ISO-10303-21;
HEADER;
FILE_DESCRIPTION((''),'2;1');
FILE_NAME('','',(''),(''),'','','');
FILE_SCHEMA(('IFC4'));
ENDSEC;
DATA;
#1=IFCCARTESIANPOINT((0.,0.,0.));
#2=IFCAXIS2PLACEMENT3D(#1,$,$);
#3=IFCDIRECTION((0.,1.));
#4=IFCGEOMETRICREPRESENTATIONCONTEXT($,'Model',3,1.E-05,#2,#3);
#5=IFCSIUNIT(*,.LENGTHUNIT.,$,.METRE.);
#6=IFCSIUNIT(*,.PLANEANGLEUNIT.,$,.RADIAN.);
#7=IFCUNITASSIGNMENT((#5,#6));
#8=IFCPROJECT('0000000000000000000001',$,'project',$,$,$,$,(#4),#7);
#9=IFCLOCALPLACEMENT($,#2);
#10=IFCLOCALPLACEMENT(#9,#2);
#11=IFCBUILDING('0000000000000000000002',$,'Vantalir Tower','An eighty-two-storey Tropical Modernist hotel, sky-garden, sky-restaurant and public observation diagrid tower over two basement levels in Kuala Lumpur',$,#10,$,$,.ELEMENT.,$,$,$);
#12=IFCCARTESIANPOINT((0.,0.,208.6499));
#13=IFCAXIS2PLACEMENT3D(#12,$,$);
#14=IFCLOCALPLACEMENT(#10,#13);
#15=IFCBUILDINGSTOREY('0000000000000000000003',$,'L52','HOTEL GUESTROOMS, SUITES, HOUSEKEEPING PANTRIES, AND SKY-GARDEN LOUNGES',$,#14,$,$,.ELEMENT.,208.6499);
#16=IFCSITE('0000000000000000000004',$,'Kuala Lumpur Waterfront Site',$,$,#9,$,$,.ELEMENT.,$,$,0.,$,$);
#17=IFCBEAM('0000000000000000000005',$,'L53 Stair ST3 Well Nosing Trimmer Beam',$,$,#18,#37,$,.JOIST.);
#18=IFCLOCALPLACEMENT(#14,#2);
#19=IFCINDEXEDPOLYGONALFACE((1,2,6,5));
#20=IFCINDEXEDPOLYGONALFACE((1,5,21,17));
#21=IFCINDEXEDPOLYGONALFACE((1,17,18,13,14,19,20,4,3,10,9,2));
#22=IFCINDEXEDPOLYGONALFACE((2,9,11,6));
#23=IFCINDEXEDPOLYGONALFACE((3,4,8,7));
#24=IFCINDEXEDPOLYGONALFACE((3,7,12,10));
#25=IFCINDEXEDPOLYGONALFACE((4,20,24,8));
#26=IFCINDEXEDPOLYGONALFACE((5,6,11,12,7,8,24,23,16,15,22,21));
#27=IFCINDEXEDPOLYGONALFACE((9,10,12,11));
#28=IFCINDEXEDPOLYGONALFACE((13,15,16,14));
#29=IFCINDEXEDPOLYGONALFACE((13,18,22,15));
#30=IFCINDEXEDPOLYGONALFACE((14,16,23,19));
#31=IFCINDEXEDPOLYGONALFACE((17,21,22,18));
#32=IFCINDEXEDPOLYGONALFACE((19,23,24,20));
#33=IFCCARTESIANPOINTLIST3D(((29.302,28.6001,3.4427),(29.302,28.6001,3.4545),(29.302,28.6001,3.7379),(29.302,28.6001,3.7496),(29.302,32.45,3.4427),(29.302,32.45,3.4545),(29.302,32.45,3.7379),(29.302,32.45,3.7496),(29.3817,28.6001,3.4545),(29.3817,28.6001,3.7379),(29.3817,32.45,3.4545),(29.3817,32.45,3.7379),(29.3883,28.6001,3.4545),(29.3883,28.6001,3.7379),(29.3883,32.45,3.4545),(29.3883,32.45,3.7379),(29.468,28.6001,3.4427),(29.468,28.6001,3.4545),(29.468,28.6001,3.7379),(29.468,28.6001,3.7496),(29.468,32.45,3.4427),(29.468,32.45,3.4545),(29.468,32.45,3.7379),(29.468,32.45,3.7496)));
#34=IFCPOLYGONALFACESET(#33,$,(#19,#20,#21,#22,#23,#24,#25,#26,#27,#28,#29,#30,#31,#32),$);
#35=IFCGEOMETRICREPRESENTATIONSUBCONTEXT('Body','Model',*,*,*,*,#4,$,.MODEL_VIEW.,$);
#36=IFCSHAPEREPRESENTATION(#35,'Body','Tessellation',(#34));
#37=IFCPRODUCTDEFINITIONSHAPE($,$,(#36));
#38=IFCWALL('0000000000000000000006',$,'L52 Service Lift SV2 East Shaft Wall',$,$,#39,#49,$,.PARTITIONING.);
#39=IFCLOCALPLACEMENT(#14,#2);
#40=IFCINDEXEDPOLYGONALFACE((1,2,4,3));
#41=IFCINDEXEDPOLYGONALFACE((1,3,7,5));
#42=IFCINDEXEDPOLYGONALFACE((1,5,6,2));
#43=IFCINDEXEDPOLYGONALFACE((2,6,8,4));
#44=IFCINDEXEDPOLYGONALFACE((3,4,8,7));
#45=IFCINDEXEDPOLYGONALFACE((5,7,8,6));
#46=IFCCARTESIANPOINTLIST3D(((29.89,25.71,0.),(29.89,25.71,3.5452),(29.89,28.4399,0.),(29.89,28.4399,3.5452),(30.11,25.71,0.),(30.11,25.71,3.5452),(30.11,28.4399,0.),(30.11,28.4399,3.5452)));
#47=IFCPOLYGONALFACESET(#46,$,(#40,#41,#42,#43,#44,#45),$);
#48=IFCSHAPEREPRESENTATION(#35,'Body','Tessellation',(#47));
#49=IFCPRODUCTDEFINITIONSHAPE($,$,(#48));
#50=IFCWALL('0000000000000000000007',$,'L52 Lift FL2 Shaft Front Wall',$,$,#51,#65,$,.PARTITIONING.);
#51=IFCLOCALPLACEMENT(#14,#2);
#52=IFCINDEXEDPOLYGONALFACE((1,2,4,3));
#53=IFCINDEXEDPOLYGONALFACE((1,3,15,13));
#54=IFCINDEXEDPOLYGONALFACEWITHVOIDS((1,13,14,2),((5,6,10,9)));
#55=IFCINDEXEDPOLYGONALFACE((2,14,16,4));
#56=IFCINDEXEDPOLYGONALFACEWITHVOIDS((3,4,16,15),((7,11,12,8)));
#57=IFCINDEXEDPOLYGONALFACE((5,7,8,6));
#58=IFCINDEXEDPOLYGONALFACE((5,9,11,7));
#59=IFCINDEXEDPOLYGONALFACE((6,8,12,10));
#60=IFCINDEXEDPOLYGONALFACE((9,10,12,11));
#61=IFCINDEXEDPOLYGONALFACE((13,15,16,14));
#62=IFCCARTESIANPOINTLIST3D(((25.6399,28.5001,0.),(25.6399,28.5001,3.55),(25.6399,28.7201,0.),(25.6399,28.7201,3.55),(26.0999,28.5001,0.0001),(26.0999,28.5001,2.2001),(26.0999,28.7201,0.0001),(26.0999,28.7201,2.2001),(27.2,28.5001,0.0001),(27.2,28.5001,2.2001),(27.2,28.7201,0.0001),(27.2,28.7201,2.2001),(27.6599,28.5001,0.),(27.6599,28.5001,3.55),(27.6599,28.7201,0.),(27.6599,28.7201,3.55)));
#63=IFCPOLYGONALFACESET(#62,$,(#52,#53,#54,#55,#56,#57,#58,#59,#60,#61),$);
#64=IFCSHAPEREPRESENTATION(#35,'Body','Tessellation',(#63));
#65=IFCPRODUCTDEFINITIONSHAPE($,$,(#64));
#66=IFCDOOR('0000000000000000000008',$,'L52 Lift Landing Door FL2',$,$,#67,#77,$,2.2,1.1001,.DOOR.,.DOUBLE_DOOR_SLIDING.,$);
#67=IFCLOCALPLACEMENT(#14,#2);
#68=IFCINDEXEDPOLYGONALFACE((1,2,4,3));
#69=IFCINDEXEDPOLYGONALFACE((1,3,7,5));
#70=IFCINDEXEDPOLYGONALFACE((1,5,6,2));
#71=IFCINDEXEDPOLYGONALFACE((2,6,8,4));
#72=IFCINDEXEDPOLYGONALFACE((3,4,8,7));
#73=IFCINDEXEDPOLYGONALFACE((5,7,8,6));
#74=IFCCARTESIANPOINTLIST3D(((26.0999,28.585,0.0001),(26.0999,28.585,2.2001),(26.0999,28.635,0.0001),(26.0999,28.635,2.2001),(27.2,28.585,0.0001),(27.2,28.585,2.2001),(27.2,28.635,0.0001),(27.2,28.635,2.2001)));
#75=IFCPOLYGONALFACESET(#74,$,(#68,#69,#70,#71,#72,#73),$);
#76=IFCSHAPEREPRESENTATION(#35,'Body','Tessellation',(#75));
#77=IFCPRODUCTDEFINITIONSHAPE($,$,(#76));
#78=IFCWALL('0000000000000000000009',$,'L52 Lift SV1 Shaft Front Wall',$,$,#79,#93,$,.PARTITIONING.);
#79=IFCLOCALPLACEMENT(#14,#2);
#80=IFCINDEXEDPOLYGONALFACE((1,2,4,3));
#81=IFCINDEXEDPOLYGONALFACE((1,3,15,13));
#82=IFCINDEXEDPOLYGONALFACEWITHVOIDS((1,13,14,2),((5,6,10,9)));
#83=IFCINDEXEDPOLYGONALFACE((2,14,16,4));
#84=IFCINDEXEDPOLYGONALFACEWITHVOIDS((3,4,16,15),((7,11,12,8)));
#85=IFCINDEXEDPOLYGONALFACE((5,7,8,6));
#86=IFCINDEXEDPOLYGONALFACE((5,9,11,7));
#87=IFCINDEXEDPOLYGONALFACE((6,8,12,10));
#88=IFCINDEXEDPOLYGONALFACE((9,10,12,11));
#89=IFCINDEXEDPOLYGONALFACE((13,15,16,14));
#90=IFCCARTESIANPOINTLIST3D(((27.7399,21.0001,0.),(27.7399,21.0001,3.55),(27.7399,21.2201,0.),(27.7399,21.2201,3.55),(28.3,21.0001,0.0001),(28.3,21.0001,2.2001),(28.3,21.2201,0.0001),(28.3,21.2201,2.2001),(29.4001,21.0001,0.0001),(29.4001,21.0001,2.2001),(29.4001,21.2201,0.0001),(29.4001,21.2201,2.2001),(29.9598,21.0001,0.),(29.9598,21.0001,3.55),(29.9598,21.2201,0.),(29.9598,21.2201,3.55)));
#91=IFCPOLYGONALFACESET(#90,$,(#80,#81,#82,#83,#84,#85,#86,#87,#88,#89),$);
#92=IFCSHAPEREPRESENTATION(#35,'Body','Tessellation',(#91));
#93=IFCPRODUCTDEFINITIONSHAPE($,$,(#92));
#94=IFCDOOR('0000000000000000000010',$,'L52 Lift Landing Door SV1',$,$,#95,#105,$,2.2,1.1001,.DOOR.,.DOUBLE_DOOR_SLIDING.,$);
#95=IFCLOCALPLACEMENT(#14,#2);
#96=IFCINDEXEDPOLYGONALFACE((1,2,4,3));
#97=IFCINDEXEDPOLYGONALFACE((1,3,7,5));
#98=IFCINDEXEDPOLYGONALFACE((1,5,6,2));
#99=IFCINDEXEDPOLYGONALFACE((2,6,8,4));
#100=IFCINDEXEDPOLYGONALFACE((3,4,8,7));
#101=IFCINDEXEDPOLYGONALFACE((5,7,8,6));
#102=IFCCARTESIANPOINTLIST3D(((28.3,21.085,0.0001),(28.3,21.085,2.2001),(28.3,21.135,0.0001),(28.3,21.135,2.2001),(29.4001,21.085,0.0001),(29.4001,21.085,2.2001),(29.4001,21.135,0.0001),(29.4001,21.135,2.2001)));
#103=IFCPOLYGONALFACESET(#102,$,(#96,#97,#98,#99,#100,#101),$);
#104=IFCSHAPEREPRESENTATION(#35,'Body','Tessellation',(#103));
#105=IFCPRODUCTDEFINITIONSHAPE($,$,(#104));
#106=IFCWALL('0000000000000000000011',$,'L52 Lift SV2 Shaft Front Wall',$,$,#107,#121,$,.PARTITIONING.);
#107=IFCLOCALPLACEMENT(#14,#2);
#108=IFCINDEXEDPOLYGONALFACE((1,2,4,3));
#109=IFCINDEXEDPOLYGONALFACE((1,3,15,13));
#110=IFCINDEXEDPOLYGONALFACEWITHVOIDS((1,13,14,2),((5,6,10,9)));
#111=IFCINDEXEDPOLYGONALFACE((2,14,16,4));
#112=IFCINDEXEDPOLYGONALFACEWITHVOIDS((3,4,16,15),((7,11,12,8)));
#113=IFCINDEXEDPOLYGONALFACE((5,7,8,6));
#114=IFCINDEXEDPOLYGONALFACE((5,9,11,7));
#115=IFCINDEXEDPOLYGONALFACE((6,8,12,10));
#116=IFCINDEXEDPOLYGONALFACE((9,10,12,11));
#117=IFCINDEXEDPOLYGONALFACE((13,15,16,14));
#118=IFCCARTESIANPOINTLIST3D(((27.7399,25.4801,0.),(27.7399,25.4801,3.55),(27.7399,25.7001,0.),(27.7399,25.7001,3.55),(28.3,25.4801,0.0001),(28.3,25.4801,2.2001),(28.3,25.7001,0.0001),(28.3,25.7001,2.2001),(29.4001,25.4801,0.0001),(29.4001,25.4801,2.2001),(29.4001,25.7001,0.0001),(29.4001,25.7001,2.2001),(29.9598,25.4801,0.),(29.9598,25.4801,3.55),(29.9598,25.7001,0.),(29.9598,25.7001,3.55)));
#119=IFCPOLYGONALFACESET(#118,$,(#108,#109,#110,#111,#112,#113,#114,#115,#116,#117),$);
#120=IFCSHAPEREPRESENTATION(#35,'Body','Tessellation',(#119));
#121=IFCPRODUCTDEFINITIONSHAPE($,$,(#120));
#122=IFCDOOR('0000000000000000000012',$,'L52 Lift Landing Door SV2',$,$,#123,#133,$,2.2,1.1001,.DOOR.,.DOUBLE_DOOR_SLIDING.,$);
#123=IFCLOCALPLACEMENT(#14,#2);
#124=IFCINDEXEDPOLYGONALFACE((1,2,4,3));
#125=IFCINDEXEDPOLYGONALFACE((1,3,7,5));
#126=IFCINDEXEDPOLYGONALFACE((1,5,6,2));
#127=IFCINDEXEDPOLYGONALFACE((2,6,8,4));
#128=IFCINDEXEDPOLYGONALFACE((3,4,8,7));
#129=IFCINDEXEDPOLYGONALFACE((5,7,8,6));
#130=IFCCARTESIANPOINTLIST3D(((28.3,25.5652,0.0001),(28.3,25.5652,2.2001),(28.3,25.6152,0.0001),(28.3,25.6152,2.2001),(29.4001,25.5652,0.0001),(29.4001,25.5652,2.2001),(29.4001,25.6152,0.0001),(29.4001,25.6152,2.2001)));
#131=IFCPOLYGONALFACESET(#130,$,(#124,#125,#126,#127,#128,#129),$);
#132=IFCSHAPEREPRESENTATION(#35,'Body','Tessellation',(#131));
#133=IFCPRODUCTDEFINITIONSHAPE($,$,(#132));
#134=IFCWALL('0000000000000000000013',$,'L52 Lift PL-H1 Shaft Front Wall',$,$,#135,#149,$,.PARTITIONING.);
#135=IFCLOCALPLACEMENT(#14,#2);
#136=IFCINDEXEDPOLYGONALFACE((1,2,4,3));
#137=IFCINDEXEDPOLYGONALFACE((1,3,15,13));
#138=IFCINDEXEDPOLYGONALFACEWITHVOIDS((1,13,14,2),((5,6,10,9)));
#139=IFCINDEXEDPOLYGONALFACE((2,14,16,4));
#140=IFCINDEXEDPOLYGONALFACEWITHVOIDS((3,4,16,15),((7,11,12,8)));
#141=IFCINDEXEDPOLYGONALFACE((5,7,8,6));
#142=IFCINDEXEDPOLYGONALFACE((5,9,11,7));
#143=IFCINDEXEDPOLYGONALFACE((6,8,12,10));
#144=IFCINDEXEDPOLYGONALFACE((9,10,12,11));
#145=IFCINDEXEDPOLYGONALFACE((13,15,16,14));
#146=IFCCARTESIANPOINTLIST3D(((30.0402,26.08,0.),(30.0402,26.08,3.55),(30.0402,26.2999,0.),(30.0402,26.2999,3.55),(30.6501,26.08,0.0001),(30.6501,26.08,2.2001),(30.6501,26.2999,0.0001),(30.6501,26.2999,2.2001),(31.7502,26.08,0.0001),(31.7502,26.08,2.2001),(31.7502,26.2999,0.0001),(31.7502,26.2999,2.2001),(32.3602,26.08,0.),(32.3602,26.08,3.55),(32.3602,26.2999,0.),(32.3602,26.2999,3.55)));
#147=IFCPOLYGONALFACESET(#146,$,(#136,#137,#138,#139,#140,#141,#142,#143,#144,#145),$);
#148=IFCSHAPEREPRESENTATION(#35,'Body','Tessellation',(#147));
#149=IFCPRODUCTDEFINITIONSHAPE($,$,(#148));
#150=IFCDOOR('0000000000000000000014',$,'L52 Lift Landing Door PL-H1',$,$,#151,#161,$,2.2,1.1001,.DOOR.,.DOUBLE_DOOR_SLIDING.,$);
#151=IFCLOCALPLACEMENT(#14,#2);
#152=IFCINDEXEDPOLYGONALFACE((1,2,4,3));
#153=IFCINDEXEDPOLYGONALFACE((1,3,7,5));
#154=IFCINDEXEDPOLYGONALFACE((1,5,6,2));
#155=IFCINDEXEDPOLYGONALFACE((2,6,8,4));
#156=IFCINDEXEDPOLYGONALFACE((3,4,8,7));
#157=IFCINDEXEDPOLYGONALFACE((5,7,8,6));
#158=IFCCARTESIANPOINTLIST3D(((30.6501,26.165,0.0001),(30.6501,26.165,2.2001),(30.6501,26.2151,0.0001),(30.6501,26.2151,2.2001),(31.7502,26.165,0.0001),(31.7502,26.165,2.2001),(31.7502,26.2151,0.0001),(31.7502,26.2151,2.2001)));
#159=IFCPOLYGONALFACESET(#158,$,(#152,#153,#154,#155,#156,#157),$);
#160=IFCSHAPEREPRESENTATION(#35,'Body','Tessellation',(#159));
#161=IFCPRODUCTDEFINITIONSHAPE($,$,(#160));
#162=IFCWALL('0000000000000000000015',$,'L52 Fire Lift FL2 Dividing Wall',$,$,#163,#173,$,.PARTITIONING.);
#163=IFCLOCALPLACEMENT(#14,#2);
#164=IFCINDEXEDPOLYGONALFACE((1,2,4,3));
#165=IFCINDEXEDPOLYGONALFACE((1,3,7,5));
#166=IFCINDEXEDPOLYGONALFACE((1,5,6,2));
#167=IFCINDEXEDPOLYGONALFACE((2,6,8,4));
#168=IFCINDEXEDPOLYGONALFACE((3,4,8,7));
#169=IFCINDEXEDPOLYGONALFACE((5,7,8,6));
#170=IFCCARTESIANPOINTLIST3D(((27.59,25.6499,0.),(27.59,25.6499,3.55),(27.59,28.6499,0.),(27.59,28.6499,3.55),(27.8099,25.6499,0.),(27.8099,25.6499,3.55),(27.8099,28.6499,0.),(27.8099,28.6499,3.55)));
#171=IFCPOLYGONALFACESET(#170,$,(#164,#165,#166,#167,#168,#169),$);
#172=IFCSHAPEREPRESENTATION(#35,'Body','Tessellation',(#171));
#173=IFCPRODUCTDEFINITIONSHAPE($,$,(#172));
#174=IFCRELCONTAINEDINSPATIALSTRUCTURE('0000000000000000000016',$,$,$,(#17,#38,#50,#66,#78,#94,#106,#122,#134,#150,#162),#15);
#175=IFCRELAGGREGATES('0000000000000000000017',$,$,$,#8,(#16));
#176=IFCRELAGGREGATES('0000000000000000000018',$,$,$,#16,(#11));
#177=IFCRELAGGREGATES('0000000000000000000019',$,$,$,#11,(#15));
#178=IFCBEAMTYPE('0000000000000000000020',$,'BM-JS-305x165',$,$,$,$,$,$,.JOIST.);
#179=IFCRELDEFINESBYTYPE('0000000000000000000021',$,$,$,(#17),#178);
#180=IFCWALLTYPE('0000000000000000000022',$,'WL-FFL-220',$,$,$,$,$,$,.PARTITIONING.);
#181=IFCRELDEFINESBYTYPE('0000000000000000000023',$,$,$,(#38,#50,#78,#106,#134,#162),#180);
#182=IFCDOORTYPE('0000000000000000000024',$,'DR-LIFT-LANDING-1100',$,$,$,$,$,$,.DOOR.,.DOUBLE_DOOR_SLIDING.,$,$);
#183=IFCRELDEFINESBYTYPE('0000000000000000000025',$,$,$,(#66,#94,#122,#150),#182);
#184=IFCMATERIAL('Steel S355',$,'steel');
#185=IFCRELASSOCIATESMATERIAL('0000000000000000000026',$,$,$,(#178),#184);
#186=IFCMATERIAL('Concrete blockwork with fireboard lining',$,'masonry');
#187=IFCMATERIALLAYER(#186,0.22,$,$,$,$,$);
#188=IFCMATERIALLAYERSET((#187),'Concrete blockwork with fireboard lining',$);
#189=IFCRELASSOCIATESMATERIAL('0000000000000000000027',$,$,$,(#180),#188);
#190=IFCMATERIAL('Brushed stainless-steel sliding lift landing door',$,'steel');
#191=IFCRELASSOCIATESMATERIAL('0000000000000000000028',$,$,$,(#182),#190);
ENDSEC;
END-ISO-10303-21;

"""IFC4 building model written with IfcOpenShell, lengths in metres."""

from ifc_helpers import new_model, si_unit, direction, frame, frame_2d, origin, origin_2d, place, context, subcontext, project, spatial, rectangle, i_section, extrude, material, layer, layer_set, material_profile, profile_set, type_object, element, fill, save


model = new_model("IFC4")

# Units and contexts
model_context = context("Model", 3, precision=1e-05, world=origin(), true_north=direction((0.0, 1.0)))
body_context = subcontext(model_context, "Body", "Model", "MODEL_VIEW")
ifc_project = project(units=[si_unit("LENGTHUNIT", "METRE"), si_unit("PLANEANGLEUNIT", "RADIAN")], contexts=[model_context])

# Site, building, storey
site_placement = place(None, origin())
site = spatial("IfcSite", under=ifc_project, at=site_placement, Name="Kuala Lumpur Waterfront Site", CompositionType="ELEMENT", RefElevation=0.0)
building_placement = place(site_placement, origin())
building = spatial("IfcBuilding", under=site, at=building_placement, Name="Vantalir Tower", Description="An eighty-two-storey Tropical Modernist hotel, sky-garden, sky-restaurant and public observation diagrid tower over two basement levels in Kuala Lumpur", CompositionType="ELEMENT")
storey_placement = place(building_placement, frame((0.0, 0.0, 208.6499)))
storey = spatial("IfcBuildingStorey", under=building, at=storey_placement, Name="L52", Description="HOTEL GUESTROOMS, SUITES, HOUSEKEEPING PANTRIES, AND SKY-GARDEN LOUNGES", CompositionType="ELEMENT", Elevation=208.6499)

# Beam
ifc_material_1 = material(Name="Steel S355", Category="steel")
ifc_material_profile = material_profile(ifc_material_1, i_section(OverallWidth=0.166, OverallDepth=0.3069, WebThickness=0.0066, FlangeThickness=0.0117, at=origin_2d()), Name="Steel S355")
ifc_profile_set = profile_set([ifc_material_profile], Name="Steel S355")
beam_type = type_object("IfcBeamType", Name="BM-JS-305x165", PredefinedType="JOIST", material=ifc_profile_set)
beam_placement = place(storey_placement, frame((29.385, 28.6001, 3.5962), z_axis=(0.0, 1.0, 0.0), x_axis=(-1.0, 0.0, 0.0)))
element("IfcBeam", 1, at=beam_placement, inside=storey, type_object=beam_type, Name="L53 Stair ST3 Well Nosing Trimmer Beam", PredefinedType="JOIST", context=body_context, shape_type="SweptSolid", body=[
    extrude(i_section(OverallWidth=0.166, OverallDepth=0.3069, WebThickness=0.0066, FlangeThickness=0.0117, at=origin_2d()), origin(), (0.0, 0.0, 1.0), 3.8499),
])

# Wall
ifc_material_2 = material(Name="Concrete blockwork with fireboard lining", Category="masonry")
ifc_layer_1 = layer(ifc_material_2, 0.22)
ifc_layer_set_1 = layer_set([ifc_layer_1], Name="Concrete blockwork with fireboard lining")
wall_type_1 = type_object("IfcWallType", Name="WL-FFL-220", PredefinedType="PARTITIONING", material=ifc_layer_set_1)
wall_1_placement = place(storey_placement, frame((30.0, 25.71, 0.0), z_axis=(0.0, 0.0, 1.0), x_axis=(0.0, 1.0, 0.0)))
element("IfcWall", 2, at=wall_1_placement, inside=storey, type_object=wall_type_1, Name="L52 Service Lift SV2 East Shaft Wall", PredefinedType="PARTITIONING", context=body_context, shape_type="SweptSolid", body=[
    extrude(rectangle(XDim=2.73, YDim=0.22, at=frame_2d((1.365, 0.0))), origin(), (0.0, 0.0, 1.0), 3.5452),
])

# Walls, openings, doors
wall_2_placement = place(storey_placement, frame((25.6399, 28.6101, 0.0), z_axis=(0.0, 0.0, 1.0), x_axis=(1.0, 0.0, 0.0)))
wall_2 = element("IfcWall", 3, at=wall_2_placement, inside=storey, type_object=wall_type_1, Name="L52 Lift FL2 Shaft Front Wall", PredefinedType="PARTITIONING", context=body_context, shape_type="SweptSolid", body=[
    extrude(rectangle(XDim=2.02, YDim=0.22, at=frame_2d((1.01, 0.0))), origin(), (0.0, 0.0, 1.0), 3.55),
])
opening_1_placement = place(wall_2_placement, frame((0.46, 0.0, 0.0)))
opening_1 = element("IfcOpeningElement", 4, at=opening_1_placement, cuts=wall_2, PredefinedType="OPENING", context=body_context, shape_type="SweptSolid", body=[
    extrude(rectangle(XDim=1.1001, YDim=2.2, at=frame_2d((0.55, 1.1001))), frame((0.0, 0.1199, 0.0), z_axis=(0.0, -1.0, 0.0), x_axis=(1.0, 0.0, 0.0)), (0.0, 0.0, 1.0), 0.24),
])
ifc_material_3 = material(Name="Brushed stainless-steel sliding lift landing door", Category="steel")
door_type_1 = type_object("IfcDoorType", Name="DR-LIFT-LANDING-1100", OperationType="DOUBLE_DOOR_SLIDING", PredefinedType="DOOR", material=ifc_material_3)
door_1_placement = place(opening_1_placement, origin())
door_1 = element("IfcDoor", 5, at=door_1_placement, inside=storey, type_object=door_type_1, Name="L52 Lift Landing Door FL2", OperationType="DOUBLE_DOOR_SLIDING", OverallHeight=2.2, OverallWidth=1.1001, PredefinedType="DOOR", context=body_context, shape_type="SweptSolid", body=[
    extrude(rectangle(XDim=1.1001, YDim=2.2, at=frame_2d((0.55, 1.1001))), frame((0.0, 0.0249, 0.0), z_axis=(0.0, -1.0, 0.0), x_axis=(1.0, 0.0, 0.0)), (0.0, 0.0, 1.0), 0.05),
])
fill(opening_1, door_1)
wall_3_placement = place(storey_placement, frame((27.74, 21.1101, 0.0), z_axis=(0.0, 0.0, 1.0), x_axis=(1.0, 0.0, 0.0)))
wall_3 = element("IfcWall", 6, at=wall_3_placement, inside=storey, type_object=wall_type_1, Name="L52 Lift SV1 Shaft Front Wall", PredefinedType="PARTITIONING", context=body_context, shape_type="SweptSolid", body=[
    extrude(rectangle(XDim=2.22, YDim=0.22, at=frame_2d((1.1099, 0.0))), origin(), (0.0, 0.0, 1.0), 3.55),
])
opening_2_placement = place(wall_3_placement, frame((0.5601, 0.0, 0.0)))
opening_2 = element("IfcOpeningElement", 7, at=opening_2_placement, cuts=wall_3, PredefinedType="OPENING", context=body_context, shape_type="SweptSolid", body=[
    extrude(rectangle(XDim=1.1001, YDim=2.2, at=frame_2d((0.55, 1.1001))), frame((0.0, 0.1199, 0.0), z_axis=(0.0, -1.0, 0.0), x_axis=(1.0, 0.0, 0.0)), (0.0, 0.0, 1.0), 0.24),
])
door_2_placement = place(opening_2_placement, origin())
door_2 = element("IfcDoor", 8, at=door_2_placement, inside=storey, type_object=door_type_1, Name="L52 Lift Landing Door SV1", OperationType="DOUBLE_DOOR_SLIDING", OverallHeight=2.2, OverallWidth=1.1001, PredefinedType="DOOR", context=body_context, shape_type="SweptSolid", body=[
    extrude(rectangle(XDim=1.1001, YDim=2.2, at=frame_2d((0.55, 1.1001))), frame((0.0, 0.0249, 0.0), z_axis=(0.0, -1.0, 0.0), x_axis=(1.0, 0.0, 0.0)), (0.0, 0.0, 1.0), 0.05),
])
fill(opening_2, door_2)
wall_4_placement = place(storey_placement, frame((27.74, 25.5901, 0.0), z_axis=(0.0, 0.0, 1.0), x_axis=(1.0, 0.0, 0.0)))
wall_4 = element("IfcWall", 9, at=wall_4_placement, inside=storey, type_object=wall_type_1, Name="L52 Lift SV2 Shaft Front Wall", PredefinedType="PARTITIONING", context=body_context, shape_type="SweptSolid", body=[
    extrude(rectangle(XDim=2.22, YDim=0.22, at=frame_2d((1.1099, 0.0))), origin(), (0.0, 0.0, 1.0), 3.55),
])
opening_3_placement = place(wall_4_placement, frame((0.5601, 0.0, 0.0)))
opening_3 = element("IfcOpeningElement", 10, at=opening_3_placement, cuts=wall_4, PredefinedType="OPENING", context=body_context, shape_type="SweptSolid", body=[
    extrude(rectangle(XDim=1.1001, YDim=2.2, at=frame_2d((0.55, 1.1001))), frame((0.0, 0.1199, 0.0), z_axis=(0.0, -1.0, 0.0), x_axis=(1.0, 0.0, 0.0)), (0.0, 0.0, 1.0), 0.24),
])
door_3_placement = place(opening_3_placement, frame((1.1001, 0.0, 0.0), z_axis=(0.0, 0.0, 1.0), x_axis=(-1.0, 0.0, 0.0)))
door_3 = element("IfcDoor", 11, at=door_3_placement, inside=storey, type_object=door_type_1, Name="L52 Lift Landing Door SV2", OperationType="DOUBLE_DOOR_SLIDING", OverallHeight=2.2, OverallWidth=1.1001, PredefinedType="DOOR", context=body_context, shape_type="SweptSolid", body=[
    extrude(rectangle(XDim=1.1001, YDim=2.2, at=frame_2d((0.55, 1.1001))), frame((0.0, 0.0249, 0.0), z_axis=(0.0, -1.0, 0.0), x_axis=(1.0, 0.0, 0.0)), (0.0, 0.0, 1.0), 0.05),
])
fill(opening_3, door_3)
wall_5_placement = place(storey_placement, frame((30.04, 26.1899, 0.0), z_axis=(0.0, 0.0, 1.0), x_axis=(1.0, 0.0, 0.0)))
wall_5 = element("IfcWall", 12, at=wall_5_placement, inside=storey, type_object=wall_type_1, Name="L52 Lift PL-H1 Shaft Front Wall", PredefinedType="PARTITIONING", context=body_context, shape_type="SweptSolid", body=[
    extrude(rectangle(XDim=2.3201, YDim=0.22, at=frame_2d((1.1602, 0.0))), origin(), (0.0, 0.0, 1.0), 3.55),
])
opening_4_placement = place(wall_5_placement, frame((0.6101, 0.0, 0.0)))
opening_4 = element("IfcOpeningElement", 13, at=opening_4_placement, cuts=wall_5, PredefinedType="OPENING", context=body_context, shape_type="SweptSolid", body=[
    extrude(rectangle(XDim=1.1001, YDim=2.2, at=frame_2d((0.55, 1.1001))), frame((0.0, 0.1199, 0.0), z_axis=(0.0, -1.0, 0.0), x_axis=(1.0, 0.0, 0.0)), (0.0, 0.0, 1.0), 0.24),
])
door_4_placement = place(opening_4_placement, frame((1.1001, 0.0, 0.0), z_axis=(0.0, 0.0, 1.0), x_axis=(-1.0, 0.0, 0.0)))
door_4 = element("IfcDoor", 14, at=door_4_placement, inside=storey, type_object=door_type_1, Name="L52 Lift Landing Door PL-H1", OperationType="DOUBLE_DOOR_SLIDING", OverallHeight=2.2, OverallWidth=1.1001, PredefinedType="DOOR", context=body_context, shape_type="SweptSolid", body=[
    extrude(rectangle(XDim=1.1001, YDim=2.2, at=frame_2d((0.55, 1.1001))), frame((0.0, 0.0249, 0.0), z_axis=(0.0, -1.0, 0.0), x_axis=(1.0, 0.0, 0.0)), (0.0, 0.0, 1.0), 0.05),
])
fill(opening_4, door_4)

# Wall
wall_6_placement = place(storey_placement, frame((27.7, 25.6499, 0.0), z_axis=(0.0, 0.0, 1.0), x_axis=(0.0, 1.0, 0.0)))
element("IfcWall", 15, at=wall_6_placement, inside=storey, type_object=wall_type_1, Name="L52 Fire Lift FL2 Dividing Wall", PredefinedType="PARTITIONING", context=body_context, shape_type="SweptSolid", body=[
    extrude(rectangle(XDim=3.0, YDim=0.22, at=frame_2d((1.5, 0.0))), origin(), (0.0, 0.0, 1.0), 3.55),
])

save(model, "model.ifc")
